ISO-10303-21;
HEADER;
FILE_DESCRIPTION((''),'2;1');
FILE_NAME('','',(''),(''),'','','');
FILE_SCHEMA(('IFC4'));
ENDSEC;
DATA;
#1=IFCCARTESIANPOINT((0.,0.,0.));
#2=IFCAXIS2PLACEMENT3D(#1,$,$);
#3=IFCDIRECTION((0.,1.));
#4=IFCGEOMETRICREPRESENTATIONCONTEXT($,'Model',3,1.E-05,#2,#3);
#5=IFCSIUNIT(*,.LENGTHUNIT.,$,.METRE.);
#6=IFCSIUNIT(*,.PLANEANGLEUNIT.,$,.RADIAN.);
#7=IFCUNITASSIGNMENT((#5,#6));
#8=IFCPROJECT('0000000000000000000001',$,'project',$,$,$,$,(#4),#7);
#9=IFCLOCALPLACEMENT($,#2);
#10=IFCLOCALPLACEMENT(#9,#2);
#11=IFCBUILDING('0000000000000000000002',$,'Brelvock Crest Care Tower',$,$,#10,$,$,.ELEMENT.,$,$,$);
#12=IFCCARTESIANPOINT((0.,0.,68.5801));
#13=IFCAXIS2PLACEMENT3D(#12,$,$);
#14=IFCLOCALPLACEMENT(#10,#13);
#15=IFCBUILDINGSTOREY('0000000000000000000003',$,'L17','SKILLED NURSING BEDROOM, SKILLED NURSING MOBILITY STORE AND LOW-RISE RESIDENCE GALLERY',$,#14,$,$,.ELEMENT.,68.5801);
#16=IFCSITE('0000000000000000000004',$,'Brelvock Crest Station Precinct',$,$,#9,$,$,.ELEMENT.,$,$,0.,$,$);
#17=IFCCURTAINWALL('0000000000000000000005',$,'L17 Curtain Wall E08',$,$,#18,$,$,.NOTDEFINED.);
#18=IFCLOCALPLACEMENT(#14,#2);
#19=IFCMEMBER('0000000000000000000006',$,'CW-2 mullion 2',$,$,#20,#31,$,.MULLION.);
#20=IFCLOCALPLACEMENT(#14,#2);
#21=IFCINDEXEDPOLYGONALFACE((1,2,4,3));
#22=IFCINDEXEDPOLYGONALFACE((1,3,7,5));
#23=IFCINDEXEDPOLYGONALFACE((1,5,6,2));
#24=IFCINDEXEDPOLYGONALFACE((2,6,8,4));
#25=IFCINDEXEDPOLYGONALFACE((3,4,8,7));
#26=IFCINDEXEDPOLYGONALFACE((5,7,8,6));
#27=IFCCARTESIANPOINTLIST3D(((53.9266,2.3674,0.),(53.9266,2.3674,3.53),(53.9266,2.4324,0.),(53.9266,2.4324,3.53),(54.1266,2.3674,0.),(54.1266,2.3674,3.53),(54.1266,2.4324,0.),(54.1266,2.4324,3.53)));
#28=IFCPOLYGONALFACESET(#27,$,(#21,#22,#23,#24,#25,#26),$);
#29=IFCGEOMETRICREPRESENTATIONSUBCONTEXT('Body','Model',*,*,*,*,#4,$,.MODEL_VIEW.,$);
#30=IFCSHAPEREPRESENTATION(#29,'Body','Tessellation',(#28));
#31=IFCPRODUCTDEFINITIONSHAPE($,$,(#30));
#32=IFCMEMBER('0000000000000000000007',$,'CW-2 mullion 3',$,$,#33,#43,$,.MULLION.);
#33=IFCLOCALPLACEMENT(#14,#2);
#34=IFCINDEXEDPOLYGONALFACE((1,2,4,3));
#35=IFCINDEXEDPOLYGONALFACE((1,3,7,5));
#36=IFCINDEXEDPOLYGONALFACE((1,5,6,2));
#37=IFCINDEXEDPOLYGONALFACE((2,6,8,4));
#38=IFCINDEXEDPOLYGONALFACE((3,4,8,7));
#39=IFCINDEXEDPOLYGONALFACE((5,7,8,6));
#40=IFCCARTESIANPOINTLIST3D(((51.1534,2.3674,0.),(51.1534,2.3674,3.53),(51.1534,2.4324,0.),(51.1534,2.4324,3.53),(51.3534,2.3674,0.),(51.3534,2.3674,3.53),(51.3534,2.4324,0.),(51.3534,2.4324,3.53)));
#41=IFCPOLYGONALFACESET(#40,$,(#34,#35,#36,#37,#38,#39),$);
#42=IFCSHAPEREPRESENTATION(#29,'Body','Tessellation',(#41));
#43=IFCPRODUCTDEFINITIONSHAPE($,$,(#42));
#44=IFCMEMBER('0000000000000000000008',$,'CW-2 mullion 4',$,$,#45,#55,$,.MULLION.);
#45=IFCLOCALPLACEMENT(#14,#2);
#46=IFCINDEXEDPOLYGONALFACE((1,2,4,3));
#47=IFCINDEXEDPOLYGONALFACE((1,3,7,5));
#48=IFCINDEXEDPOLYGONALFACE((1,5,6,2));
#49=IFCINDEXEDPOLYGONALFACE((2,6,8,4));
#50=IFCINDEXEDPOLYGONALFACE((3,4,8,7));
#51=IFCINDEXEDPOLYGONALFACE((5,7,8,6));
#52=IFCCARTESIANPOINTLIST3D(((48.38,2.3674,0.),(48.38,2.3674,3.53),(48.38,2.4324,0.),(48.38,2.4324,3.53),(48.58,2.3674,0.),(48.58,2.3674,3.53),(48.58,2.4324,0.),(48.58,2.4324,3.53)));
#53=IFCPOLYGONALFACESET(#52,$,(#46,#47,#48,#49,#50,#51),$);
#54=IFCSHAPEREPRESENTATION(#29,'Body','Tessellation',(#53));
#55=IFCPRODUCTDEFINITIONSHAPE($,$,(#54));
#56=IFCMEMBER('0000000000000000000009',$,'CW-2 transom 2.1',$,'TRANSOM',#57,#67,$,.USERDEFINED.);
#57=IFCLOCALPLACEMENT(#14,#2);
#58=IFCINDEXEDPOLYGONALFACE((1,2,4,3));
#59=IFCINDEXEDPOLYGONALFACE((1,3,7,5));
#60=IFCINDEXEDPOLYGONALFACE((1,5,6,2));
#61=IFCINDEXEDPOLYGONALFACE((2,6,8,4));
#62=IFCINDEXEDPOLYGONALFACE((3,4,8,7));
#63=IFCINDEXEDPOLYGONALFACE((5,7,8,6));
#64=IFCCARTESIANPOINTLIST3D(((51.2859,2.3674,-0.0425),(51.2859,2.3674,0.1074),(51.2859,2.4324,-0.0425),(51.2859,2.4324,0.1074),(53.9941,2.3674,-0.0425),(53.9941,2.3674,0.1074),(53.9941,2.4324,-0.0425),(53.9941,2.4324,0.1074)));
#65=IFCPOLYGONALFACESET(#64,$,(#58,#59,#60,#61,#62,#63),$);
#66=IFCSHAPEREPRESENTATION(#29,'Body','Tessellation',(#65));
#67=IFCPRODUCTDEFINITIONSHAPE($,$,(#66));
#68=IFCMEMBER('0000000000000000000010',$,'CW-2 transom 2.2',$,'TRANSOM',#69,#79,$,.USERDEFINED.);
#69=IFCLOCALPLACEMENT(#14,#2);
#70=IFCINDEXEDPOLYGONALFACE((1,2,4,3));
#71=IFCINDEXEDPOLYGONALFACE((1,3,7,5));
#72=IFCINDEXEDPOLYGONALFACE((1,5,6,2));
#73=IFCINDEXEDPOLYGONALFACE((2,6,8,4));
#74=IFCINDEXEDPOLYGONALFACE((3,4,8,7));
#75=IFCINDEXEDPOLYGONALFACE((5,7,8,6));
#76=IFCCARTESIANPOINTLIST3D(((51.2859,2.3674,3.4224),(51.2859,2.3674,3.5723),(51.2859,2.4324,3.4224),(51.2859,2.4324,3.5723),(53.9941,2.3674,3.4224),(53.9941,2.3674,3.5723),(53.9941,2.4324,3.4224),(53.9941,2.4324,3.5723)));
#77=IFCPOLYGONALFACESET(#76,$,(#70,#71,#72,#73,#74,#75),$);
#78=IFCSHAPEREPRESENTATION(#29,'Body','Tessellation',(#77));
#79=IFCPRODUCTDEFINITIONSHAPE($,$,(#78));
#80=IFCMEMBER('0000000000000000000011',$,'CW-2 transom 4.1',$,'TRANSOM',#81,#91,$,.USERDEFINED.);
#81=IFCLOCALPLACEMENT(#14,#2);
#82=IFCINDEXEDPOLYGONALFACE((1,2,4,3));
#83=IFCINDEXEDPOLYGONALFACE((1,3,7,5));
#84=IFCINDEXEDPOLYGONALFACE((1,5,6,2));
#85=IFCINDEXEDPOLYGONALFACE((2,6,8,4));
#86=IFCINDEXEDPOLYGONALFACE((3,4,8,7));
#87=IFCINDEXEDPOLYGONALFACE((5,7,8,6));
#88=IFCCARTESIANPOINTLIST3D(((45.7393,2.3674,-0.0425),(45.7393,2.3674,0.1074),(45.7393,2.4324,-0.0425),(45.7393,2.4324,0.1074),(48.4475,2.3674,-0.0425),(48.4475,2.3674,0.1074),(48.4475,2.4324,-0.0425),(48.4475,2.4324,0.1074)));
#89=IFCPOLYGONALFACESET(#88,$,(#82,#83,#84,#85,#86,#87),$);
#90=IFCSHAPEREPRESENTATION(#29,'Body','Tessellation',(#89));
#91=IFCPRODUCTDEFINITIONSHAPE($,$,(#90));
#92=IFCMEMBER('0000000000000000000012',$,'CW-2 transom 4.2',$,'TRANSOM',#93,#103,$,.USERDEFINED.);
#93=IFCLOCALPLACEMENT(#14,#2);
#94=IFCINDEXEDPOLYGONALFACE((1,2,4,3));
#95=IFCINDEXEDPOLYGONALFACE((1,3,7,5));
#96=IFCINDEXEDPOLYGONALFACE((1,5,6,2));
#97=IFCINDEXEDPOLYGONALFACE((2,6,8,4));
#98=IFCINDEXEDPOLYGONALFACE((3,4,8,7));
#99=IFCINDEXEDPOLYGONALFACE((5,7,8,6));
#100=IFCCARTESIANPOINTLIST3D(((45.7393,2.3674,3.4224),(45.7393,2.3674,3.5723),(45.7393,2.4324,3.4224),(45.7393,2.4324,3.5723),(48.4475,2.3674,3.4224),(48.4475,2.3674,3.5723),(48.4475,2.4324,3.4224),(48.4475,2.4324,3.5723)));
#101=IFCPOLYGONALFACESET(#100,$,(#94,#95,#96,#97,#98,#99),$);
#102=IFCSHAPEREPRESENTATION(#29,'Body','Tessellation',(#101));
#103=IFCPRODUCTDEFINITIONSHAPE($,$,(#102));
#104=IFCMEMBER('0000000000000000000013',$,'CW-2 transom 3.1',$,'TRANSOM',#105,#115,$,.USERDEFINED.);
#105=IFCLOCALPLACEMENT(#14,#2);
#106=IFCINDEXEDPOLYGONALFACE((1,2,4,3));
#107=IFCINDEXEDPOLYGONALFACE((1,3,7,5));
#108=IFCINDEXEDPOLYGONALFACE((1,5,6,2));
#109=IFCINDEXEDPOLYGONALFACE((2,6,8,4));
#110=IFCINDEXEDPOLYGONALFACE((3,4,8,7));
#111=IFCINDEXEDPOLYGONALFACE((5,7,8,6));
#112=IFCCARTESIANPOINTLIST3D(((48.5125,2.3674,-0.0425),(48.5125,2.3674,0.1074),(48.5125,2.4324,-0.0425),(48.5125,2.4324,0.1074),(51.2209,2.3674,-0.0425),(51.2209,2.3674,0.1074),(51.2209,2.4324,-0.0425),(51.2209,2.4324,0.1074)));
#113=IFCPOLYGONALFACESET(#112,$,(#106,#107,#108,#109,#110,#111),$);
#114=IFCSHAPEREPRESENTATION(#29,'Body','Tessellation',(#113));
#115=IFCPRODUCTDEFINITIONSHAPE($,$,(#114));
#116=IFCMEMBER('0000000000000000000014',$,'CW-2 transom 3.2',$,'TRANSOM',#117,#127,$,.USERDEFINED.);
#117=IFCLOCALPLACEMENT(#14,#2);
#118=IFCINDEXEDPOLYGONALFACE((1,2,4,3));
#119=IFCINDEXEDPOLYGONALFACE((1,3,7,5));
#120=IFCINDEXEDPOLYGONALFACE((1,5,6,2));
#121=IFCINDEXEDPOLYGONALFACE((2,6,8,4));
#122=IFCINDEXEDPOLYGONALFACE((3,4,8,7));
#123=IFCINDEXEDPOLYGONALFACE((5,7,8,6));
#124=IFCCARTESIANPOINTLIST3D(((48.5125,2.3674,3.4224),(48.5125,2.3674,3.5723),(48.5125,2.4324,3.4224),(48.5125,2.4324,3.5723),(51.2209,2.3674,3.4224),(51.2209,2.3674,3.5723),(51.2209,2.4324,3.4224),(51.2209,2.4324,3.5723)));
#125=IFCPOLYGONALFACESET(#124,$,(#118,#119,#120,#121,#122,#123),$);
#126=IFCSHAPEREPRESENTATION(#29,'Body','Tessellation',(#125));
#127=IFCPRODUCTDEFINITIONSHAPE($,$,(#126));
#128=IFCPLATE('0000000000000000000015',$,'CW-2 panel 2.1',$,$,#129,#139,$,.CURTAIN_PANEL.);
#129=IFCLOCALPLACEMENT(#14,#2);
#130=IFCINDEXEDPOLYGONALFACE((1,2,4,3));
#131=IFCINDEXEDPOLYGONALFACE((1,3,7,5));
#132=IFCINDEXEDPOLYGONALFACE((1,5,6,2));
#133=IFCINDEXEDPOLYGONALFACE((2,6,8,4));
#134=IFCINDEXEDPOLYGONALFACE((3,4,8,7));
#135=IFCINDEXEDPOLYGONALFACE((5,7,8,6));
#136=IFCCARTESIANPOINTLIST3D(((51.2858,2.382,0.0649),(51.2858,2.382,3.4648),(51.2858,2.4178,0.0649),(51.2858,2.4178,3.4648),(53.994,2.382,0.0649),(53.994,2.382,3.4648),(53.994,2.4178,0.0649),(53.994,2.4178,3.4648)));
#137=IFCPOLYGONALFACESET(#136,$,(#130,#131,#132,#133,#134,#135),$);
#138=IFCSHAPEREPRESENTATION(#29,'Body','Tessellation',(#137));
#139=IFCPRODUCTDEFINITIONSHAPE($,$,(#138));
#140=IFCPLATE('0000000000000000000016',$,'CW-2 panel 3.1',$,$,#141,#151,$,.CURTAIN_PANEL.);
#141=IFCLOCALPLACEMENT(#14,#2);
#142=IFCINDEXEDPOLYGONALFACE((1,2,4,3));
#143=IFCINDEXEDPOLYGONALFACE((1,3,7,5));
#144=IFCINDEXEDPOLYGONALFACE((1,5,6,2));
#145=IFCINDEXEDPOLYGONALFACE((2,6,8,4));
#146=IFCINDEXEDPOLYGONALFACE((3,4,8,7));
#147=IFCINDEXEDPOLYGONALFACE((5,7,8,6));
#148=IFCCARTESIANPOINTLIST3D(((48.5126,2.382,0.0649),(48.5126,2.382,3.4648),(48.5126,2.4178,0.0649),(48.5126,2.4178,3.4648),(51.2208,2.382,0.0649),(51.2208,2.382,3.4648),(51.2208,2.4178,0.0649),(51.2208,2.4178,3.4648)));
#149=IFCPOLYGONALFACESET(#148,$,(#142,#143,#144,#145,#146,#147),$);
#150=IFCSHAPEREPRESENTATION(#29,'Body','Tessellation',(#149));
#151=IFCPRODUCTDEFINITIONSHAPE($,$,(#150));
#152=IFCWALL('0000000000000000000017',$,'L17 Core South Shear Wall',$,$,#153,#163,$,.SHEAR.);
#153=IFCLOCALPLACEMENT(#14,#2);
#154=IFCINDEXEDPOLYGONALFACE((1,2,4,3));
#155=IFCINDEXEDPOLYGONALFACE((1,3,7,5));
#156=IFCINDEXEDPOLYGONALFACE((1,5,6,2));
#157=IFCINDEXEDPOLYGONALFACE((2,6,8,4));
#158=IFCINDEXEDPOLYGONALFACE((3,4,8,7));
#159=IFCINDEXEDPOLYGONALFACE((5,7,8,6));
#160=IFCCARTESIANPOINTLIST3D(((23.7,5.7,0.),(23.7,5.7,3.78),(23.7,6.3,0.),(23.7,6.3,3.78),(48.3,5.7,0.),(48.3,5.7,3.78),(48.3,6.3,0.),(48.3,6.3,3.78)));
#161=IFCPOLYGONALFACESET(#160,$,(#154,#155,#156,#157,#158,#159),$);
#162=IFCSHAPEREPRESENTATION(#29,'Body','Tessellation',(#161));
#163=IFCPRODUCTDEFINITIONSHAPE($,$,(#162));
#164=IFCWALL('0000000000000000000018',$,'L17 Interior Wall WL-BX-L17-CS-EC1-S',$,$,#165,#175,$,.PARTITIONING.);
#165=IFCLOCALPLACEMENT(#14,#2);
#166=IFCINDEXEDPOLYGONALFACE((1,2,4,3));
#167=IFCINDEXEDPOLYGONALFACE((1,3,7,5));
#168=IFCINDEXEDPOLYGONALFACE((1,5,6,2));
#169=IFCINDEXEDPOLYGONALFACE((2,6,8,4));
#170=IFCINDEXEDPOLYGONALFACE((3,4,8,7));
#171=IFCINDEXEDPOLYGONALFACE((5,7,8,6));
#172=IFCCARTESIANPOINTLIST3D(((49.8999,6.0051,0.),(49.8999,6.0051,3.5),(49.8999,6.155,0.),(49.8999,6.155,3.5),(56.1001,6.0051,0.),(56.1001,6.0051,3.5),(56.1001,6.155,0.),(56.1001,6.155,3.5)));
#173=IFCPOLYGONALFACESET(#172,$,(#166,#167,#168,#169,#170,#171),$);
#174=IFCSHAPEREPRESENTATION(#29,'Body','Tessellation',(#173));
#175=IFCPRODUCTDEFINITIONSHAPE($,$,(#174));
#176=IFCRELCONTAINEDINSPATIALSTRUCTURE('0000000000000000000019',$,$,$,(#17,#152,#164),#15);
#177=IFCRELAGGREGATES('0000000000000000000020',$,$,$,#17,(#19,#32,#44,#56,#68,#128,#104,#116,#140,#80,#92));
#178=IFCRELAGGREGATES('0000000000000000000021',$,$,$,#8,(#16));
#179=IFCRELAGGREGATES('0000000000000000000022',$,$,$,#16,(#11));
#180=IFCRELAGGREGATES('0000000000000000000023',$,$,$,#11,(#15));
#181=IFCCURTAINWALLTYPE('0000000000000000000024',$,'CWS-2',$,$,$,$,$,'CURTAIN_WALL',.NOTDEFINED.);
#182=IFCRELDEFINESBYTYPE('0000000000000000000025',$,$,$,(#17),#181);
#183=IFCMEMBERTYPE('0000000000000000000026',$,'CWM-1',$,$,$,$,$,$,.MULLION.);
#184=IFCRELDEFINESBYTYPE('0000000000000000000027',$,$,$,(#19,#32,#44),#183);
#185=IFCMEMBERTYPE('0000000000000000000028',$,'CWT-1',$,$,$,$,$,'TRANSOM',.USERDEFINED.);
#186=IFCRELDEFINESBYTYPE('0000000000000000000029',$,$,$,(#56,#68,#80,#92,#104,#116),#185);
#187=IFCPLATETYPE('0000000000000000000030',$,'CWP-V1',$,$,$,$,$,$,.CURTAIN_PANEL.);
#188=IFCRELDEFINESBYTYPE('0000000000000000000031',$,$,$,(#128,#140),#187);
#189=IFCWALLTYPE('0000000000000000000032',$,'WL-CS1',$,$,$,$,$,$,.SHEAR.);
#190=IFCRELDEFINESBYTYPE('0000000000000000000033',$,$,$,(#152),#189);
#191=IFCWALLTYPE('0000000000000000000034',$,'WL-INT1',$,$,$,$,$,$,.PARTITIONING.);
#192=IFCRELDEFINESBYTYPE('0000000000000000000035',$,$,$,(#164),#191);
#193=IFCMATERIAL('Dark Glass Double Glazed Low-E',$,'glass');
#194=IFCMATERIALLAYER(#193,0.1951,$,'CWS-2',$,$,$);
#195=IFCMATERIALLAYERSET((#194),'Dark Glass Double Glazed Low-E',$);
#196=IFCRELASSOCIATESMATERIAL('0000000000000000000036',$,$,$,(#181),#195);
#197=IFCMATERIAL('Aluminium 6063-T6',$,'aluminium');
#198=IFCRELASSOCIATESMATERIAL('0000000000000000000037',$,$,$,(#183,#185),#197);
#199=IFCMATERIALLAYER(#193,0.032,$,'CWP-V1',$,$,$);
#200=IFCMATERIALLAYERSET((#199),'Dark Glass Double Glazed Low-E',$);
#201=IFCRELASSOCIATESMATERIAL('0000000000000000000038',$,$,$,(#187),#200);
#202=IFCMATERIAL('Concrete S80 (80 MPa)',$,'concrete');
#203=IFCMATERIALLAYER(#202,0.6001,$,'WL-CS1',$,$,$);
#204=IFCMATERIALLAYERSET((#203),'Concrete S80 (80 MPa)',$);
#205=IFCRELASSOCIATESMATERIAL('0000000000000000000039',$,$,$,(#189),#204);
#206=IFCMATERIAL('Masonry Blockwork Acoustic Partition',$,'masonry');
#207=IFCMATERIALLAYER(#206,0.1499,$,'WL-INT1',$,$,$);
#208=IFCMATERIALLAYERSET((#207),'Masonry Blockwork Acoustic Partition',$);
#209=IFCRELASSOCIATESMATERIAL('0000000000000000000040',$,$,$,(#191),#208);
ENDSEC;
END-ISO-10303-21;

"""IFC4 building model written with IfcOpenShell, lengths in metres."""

from ifc_helpers import new_model, si_unit, direction, frame, frame_2d, origin, origin_2d, place, context, subcontext, project, spatial, rectangle, extrude, source, transform, mapped, material, layer, layer_set, material_profile, profile_set, type_object, element, aggregate, save


model = new_model("IFC4")

# Units and contexts
model_context = context("Model", 3, precision=1e-05, world=origin(), true_north=direction((0.0, 1.0)))
body_context = subcontext(model_context, "Body", "Model", "MODEL_VIEW")
ifc_project = project(units=[si_unit("LENGTHUNIT", "METRE"), si_unit("PLANEANGLEUNIT", "RADIAN")], contexts=[model_context])

# Site, building, storey
site_placement = place(None, origin())
site = spatial("IfcSite", under=ifc_project, at=site_placement, Name="Brelvock Crest Station Precinct", CompositionType="ELEMENT", RefElevation=0.0)
building_placement = place(site_placement, origin())
building = spatial("IfcBuilding", under=site, at=building_placement, Name="Brelvock Crest Care Tower", CompositionType="ELEMENT")
storey_placement = place(building_placement, frame((0.0, 0.0, 68.5801)))
storey = spatial("IfcBuildingStorey", under=building, at=storey_placement, Name="L17", Description="SKILLED NURSING BEDROOM, SKILLED NURSING MOBILITY STORE AND LOW-RISE RESIDENCE GALLERY", CompositionType="ELEMENT", Elevation=68.5801)

# Curtain wall, members, plates
ifc_material_1 = material(Name="Dark Glass Double Glazed Low-E", Category="glass")
ifc_layer_1 = layer(ifc_material_1, 0.1951, Name="CWS-2")
ifc_layer_set_1 = layer_set([ifc_layer_1], Name="Dark Glass Double Glazed Low-E")
curtain_wall_type = type_object("IfcCurtainWallType", Name="CWS-2", ElementType="CURTAIN_WALL", PredefinedType="NOTDEFINED", material=ifc_layer_set_1)
curtain_wall_placement = place(storey_placement, origin())
curtain_wall = element("IfcCurtainWall", 1, at=curtain_wall_placement, inside=storey, type_object=curtain_wall_type, Name="L17 Curtain Wall E08", PredefinedType="NOTDEFINED")
ifc_material_2 = material(Name="Aluminium 6063-T6", Category="aluminium")
ifc_material_profile_1 = material_profile(ifc_material_2, rectangle(XDim=0.0649, YDim=0.2, at=origin_2d()), Name="ALU65x200")
ifc_profile_set_1 = profile_set([ifc_material_profile_1], Name="Aluminium 6063-T6")
member_type_1 = type_object("IfcMemberType", Name="CWM-1", PredefinedType="MULLION", material=ifc_profile_set_1)
shared_shape_1 = source(origin(), body_context, "Body", "SweptSolid", [
    extrude(rectangle(XDim=0.0649, YDim=0.2, at=origin_2d()), origin(), (0.0, 0.0, 1.0), 3.53),
])
member_1_placement = place(storey_placement, frame((54.0266, 2.3999, 0.0), z_axis=(0.0, 0.0, 1.0), x_axis=(0.0, -1.0, 0.0)))
member_1 = element("IfcMember", 2, at=member_1_placement, type_object=member_type_1, Name="CW-2 mullion 2", PredefinedType="MULLION", context=body_context, shape_type="MappedRepresentation", body=[
    mapped(shared_shape_1, transform((0.0, 0.0, 0.0), x_axis=(1.0, 0.0, 0.0), y_axis=(0.0, 1.0, 0.0), z_axis=(0.0, 0.0, 1.0), scale=1.0)),
])
member_2_placement = place(storey_placement, frame((51.2534, 2.3999, 0.0), z_axis=(0.0, 0.0, 1.0), x_axis=(0.0, -1.0, 0.0)))
member_2 = element("IfcMember", 3, at=member_2_placement, type_object=member_type_1, Name="CW-2 mullion 3", PredefinedType="MULLION", context=body_context, shape_type="MappedRepresentation", body=[
    mapped(shared_shape_1, transform((0.0, 0.0, 0.0), x_axis=(1.0, 0.0, 0.0), y_axis=(0.0, 1.0, 0.0), z_axis=(0.0, 0.0, 1.0), scale=1.0)),
])
member_3_placement = place(storey_placement, frame((48.48, 2.3999, 0.0), z_axis=(0.0, 0.0, 1.0), x_axis=(0.0, -1.0, 0.0)))
member_3 = element("IfcMember", 4, at=member_3_placement, type_object=member_type_1, Name="CW-2 mullion 4", PredefinedType="MULLION", context=body_context, shape_type="MappedRepresentation", body=[
    mapped(shared_shape_1, transform((0.0, 0.0, 0.0), x_axis=(1.0, 0.0, 0.0), y_axis=(0.0, 1.0, 0.0), z_axis=(0.0, 0.0, 1.0), scale=1.0)),
])
ifc_material_profile_2 = material_profile(ifc_material_2, rectangle(XDim=0.0649, YDim=0.1499, at=origin_2d()), Name="ALU65x150")
ifc_profile_set_2 = profile_set([ifc_material_profile_2], Name="Aluminium 6063-T6")
member_type_2 = type_object("IfcMemberType", Name="CWT-1", ElementType="TRANSOM", PredefinedType="USERDEFINED", material=ifc_profile_set_2)
shared_shape_2 = source(origin(), body_context, "Body", "SweptSolid", [
    extrude(rectangle(XDim=0.0649, YDim=0.1499, at=origin_2d()), origin(), (0.0, 0.0, 1.0), 2.7083),
])
member_4_placement = place(storey_placement, frame((53.9941, 2.3999, 0.0325), z_axis=(-1.0, 0.0, 0.0), x_axis=(0.0, -1.0, 0.0)))
member_4 = element("IfcMember", 5, at=member_4_placement, type_object=member_type_2, Name="CW-2 transom 2.1", ObjectType="TRANSOM", PredefinedType="USERDEFINED", context=body_context, shape_type="MappedRepresentation", body=[
    mapped(shared_shape_2, transform((0.0, 0.0, 0.0), x_axis=(1.0, 0.0, 0.0), y_axis=(0.0, 1.0, 0.0), z_axis=(0.0, 0.0, 1.0), scale=1.0)),
])
member_5_placement = place(storey_placement, frame((53.9941, 2.3999, 3.4973), z_axis=(-1.0, 0.0, 0.0), x_axis=(0.0, -1.0, 0.0)))
member_5 = element("IfcMember", 6, at=member_5_placement, type_object=member_type_2, Name="CW-2 transom 2.2", ObjectType="TRANSOM", PredefinedType="USERDEFINED", context=body_context, shape_type="MappedRepresentation", body=[
    mapped(shared_shape_2, transform((0.0, 0.0, 0.0), x_axis=(1.0, 0.0, 0.0), y_axis=(0.0, 1.0, 0.0), z_axis=(0.0, 0.0, 1.0), scale=1.0)),
])
member_6_placement = place(storey_placement, frame((48.4475, 2.3999, 0.0325), z_axis=(-1.0, 0.0, 0.0), x_axis=(0.0, -1.0, 0.0)))
member_6 = element("IfcMember", 7, at=member_6_placement, type_object=member_type_2, Name="CW-2 transom 4.1", ObjectType="TRANSOM", PredefinedType="USERDEFINED", context=body_context, shape_type="MappedRepresentation", body=[
    mapped(shared_shape_2, transform((0.0, 0.0, 0.0), x_axis=(1.0, 0.0, 0.0), y_axis=(0.0, 1.0, 0.0), z_axis=(0.0, 0.0, 1.0), scale=1.0)),
])
member_7_placement = place(storey_placement, frame((48.4475, 2.3999, 3.4973), z_axis=(-1.0, 0.0, 0.0), x_axis=(0.0, -1.0, 0.0)))
member_7 = element("IfcMember", 8, at=member_7_placement, type_object=member_type_2, Name="CW-2 transom 4.2", ObjectType="TRANSOM", PredefinedType="USERDEFINED", context=body_context, shape_type="MappedRepresentation", body=[
    mapped(shared_shape_2, transform((0.0, 0.0, 0.0), x_axis=(1.0, 0.0, 0.0), y_axis=(0.0, 1.0, 0.0), z_axis=(0.0, 0.0, 1.0), scale=1.0)),
])
shared_shape_3 = source(origin(), body_context, "Body", "SweptSolid", [
    extrude(rectangle(XDim=0.0649, YDim=0.1499, at=origin_2d()), origin(), (0.0, 0.0, 1.0), 2.7085),
])
member_8_placement = place(storey_placement, frame((51.2209, 2.3999, 0.0325), z_axis=(-1.0, 0.0, 0.0), x_axis=(0.0, -1.0, 0.0)))
member_8 = element("IfcMember", 9, at=member_8_placement, type_object=member_type_2, Name="CW-2 transom 3.1", ObjectType="TRANSOM", PredefinedType="USERDEFINED", context=body_context, shape_type="MappedRepresentation", body=[
    mapped(shared_shape_3, transform((0.0, 0.0, 0.0), x_axis=(1.0, 0.0, 0.0), y_axis=(0.0, 1.0, 0.0), z_axis=(0.0, 0.0, 1.0), scale=1.0)),
])
member_9_placement = place(storey_placement, frame((51.2209, 2.3999, 3.4973), z_axis=(-1.0, 0.0, 0.0), x_axis=(0.0, -1.0, 0.0)))
member_9 = element("IfcMember", 10, at=member_9_placement, type_object=member_type_2, Name="CW-2 transom 3.2", ObjectType="TRANSOM", PredefinedType="USERDEFINED", context=body_context, shape_type="MappedRepresentation", body=[
    mapped(shared_shape_3, transform((0.0, 0.0, 0.0), x_axis=(1.0, 0.0, 0.0), y_axis=(0.0, 1.0, 0.0), z_axis=(0.0, 0.0, 1.0), scale=1.0)),
])
ifc_layer_2 = layer(ifc_material_1, 0.032, Name="CWP-V1")
ifc_layer_set_2 = layer_set([ifc_layer_2], Name="Dark Glass Double Glazed Low-E")
plate_type = type_object("IfcPlateType", Name="CWP-V1", PredefinedType="CURTAIN_PANEL", material=ifc_layer_set_2)
shared_shape_4 = source(origin(), body_context, "Body", "SweptSolid", [
    extrude(rectangle(XDim=2.7083, YDim=0.0359, at=origin_2d()), origin(), (0.0, 0.0, 1.0), 3.3999),
])
plate_1_placement = place(storey_placement, frame((52.6399, 2.3999, 0.0649), z_axis=(0.0, 0.0, 1.0), x_axis=(-1.0, 0.0, 0.0)))
plate_1 = element("IfcPlate", 11, at=plate_1_placement, type_object=plate_type, Name="CW-2 panel 2.1", PredefinedType="CURTAIN_PANEL", context=body_context, shape_type="MappedRepresentation", body=[
    mapped(shared_shape_4, transform((0.0, 0.0, 0.0), x_axis=(1.0, 0.0, 0.0), y_axis=(0.0, 1.0, 0.0), z_axis=(0.0, 0.0, 1.0), scale=1.0)),
])
plate_2_placement = place(storey_placement, frame((49.8667, 2.3999, 0.0649), z_axis=(0.0, 0.0, 1.0), x_axis=(-1.0, 0.0, 0.0)))
plate_2 = element("IfcPlate", 12, at=plate_2_placement, type_object=plate_type, Name="CW-2 panel 3.1", PredefinedType="CURTAIN_PANEL", context=body_context, shape_type="MappedRepresentation", body=[
    mapped(shared_shape_4, transform((0.0, 0.0, 0.0), x_axis=(1.0, 0.0, 0.0), y_axis=(0.0, 1.0, 0.0), z_axis=(0.0, 0.0, 1.0), scale=1.0)),
])
aggregate(curtain_wall, [member_1, member_2, member_3, member_4, member_5, plate_1, member_8, member_9, plate_2, member_6, member_7])

# Walls
ifc_material_3 = material(Name="Concrete S80 (80 MPa)", Category="concrete")
ifc_layer_3 = layer(ifc_material_3, 0.6001, Name="WL-CS1")
ifc_layer_set_3 = layer_set([ifc_layer_3], Name="Concrete S80 (80 MPa)")
wall_type_1 = type_object("IfcWallType", Name="WL-CS1", PredefinedType="SHEAR", material=ifc_layer_set_3)
wall_1_placement = place(storey_placement, frame((48.3, 6.0, 0.0), z_axis=(0.0, 0.0, 1.0), x_axis=(-1.0, 0.0, 0.0)))
element("IfcWall", 13, at=wall_1_placement, inside=storey, type_object=wall_type_1, Name="L17 Core South Shear Wall", PredefinedType="SHEAR", context=body_context, shape_type="SweptSolid", body=[
    extrude(rectangle(XDim=24.6001, YDim=0.6001, at=frame_2d((12.3, 0.0))), origin(), (0.0, 0.0, 1.0), 3.78),
])
ifc_material_4 = material(Name="Masonry Blockwork Acoustic Partition", Category="masonry")
ifc_layer_4 = layer(ifc_material_4, 0.1499, Name="WL-INT1")
ifc_layer_set_4 = layer_set([ifc_layer_4], Name="Masonry Blockwork Acoustic Partition")
wall_type_2 = type_object("IfcWallType", Name="WL-INT1", PredefinedType="PARTITIONING", material=ifc_layer_set_4)
for number, where, z_axis, x_axis, name in (
    (14, (49.8999, 6.0801, 0.0), (0.0, 0.0, 1.0), (1.0, 0.0, 0.0), "L17 Interior Wall WL-BX-L17-CS-EC1-S"),
):
    element("IfcWall", number, at=place(storey_placement, frame(where, z_axis=z_axis, x_axis=x_axis)), inside=storey, type_object=wall_type_2, Name=name, PredefinedType="PARTITIONING", context=body_context, shape_type="SweptSolid", body=[
        extrude(rectangle(XDim=6.2002, YDim=0.1499, at=frame_2d((3.1001, 0.0))), origin(), (0.0, 0.0, 1.0), 3.5),
    ])

save(model, "model.ifc")
